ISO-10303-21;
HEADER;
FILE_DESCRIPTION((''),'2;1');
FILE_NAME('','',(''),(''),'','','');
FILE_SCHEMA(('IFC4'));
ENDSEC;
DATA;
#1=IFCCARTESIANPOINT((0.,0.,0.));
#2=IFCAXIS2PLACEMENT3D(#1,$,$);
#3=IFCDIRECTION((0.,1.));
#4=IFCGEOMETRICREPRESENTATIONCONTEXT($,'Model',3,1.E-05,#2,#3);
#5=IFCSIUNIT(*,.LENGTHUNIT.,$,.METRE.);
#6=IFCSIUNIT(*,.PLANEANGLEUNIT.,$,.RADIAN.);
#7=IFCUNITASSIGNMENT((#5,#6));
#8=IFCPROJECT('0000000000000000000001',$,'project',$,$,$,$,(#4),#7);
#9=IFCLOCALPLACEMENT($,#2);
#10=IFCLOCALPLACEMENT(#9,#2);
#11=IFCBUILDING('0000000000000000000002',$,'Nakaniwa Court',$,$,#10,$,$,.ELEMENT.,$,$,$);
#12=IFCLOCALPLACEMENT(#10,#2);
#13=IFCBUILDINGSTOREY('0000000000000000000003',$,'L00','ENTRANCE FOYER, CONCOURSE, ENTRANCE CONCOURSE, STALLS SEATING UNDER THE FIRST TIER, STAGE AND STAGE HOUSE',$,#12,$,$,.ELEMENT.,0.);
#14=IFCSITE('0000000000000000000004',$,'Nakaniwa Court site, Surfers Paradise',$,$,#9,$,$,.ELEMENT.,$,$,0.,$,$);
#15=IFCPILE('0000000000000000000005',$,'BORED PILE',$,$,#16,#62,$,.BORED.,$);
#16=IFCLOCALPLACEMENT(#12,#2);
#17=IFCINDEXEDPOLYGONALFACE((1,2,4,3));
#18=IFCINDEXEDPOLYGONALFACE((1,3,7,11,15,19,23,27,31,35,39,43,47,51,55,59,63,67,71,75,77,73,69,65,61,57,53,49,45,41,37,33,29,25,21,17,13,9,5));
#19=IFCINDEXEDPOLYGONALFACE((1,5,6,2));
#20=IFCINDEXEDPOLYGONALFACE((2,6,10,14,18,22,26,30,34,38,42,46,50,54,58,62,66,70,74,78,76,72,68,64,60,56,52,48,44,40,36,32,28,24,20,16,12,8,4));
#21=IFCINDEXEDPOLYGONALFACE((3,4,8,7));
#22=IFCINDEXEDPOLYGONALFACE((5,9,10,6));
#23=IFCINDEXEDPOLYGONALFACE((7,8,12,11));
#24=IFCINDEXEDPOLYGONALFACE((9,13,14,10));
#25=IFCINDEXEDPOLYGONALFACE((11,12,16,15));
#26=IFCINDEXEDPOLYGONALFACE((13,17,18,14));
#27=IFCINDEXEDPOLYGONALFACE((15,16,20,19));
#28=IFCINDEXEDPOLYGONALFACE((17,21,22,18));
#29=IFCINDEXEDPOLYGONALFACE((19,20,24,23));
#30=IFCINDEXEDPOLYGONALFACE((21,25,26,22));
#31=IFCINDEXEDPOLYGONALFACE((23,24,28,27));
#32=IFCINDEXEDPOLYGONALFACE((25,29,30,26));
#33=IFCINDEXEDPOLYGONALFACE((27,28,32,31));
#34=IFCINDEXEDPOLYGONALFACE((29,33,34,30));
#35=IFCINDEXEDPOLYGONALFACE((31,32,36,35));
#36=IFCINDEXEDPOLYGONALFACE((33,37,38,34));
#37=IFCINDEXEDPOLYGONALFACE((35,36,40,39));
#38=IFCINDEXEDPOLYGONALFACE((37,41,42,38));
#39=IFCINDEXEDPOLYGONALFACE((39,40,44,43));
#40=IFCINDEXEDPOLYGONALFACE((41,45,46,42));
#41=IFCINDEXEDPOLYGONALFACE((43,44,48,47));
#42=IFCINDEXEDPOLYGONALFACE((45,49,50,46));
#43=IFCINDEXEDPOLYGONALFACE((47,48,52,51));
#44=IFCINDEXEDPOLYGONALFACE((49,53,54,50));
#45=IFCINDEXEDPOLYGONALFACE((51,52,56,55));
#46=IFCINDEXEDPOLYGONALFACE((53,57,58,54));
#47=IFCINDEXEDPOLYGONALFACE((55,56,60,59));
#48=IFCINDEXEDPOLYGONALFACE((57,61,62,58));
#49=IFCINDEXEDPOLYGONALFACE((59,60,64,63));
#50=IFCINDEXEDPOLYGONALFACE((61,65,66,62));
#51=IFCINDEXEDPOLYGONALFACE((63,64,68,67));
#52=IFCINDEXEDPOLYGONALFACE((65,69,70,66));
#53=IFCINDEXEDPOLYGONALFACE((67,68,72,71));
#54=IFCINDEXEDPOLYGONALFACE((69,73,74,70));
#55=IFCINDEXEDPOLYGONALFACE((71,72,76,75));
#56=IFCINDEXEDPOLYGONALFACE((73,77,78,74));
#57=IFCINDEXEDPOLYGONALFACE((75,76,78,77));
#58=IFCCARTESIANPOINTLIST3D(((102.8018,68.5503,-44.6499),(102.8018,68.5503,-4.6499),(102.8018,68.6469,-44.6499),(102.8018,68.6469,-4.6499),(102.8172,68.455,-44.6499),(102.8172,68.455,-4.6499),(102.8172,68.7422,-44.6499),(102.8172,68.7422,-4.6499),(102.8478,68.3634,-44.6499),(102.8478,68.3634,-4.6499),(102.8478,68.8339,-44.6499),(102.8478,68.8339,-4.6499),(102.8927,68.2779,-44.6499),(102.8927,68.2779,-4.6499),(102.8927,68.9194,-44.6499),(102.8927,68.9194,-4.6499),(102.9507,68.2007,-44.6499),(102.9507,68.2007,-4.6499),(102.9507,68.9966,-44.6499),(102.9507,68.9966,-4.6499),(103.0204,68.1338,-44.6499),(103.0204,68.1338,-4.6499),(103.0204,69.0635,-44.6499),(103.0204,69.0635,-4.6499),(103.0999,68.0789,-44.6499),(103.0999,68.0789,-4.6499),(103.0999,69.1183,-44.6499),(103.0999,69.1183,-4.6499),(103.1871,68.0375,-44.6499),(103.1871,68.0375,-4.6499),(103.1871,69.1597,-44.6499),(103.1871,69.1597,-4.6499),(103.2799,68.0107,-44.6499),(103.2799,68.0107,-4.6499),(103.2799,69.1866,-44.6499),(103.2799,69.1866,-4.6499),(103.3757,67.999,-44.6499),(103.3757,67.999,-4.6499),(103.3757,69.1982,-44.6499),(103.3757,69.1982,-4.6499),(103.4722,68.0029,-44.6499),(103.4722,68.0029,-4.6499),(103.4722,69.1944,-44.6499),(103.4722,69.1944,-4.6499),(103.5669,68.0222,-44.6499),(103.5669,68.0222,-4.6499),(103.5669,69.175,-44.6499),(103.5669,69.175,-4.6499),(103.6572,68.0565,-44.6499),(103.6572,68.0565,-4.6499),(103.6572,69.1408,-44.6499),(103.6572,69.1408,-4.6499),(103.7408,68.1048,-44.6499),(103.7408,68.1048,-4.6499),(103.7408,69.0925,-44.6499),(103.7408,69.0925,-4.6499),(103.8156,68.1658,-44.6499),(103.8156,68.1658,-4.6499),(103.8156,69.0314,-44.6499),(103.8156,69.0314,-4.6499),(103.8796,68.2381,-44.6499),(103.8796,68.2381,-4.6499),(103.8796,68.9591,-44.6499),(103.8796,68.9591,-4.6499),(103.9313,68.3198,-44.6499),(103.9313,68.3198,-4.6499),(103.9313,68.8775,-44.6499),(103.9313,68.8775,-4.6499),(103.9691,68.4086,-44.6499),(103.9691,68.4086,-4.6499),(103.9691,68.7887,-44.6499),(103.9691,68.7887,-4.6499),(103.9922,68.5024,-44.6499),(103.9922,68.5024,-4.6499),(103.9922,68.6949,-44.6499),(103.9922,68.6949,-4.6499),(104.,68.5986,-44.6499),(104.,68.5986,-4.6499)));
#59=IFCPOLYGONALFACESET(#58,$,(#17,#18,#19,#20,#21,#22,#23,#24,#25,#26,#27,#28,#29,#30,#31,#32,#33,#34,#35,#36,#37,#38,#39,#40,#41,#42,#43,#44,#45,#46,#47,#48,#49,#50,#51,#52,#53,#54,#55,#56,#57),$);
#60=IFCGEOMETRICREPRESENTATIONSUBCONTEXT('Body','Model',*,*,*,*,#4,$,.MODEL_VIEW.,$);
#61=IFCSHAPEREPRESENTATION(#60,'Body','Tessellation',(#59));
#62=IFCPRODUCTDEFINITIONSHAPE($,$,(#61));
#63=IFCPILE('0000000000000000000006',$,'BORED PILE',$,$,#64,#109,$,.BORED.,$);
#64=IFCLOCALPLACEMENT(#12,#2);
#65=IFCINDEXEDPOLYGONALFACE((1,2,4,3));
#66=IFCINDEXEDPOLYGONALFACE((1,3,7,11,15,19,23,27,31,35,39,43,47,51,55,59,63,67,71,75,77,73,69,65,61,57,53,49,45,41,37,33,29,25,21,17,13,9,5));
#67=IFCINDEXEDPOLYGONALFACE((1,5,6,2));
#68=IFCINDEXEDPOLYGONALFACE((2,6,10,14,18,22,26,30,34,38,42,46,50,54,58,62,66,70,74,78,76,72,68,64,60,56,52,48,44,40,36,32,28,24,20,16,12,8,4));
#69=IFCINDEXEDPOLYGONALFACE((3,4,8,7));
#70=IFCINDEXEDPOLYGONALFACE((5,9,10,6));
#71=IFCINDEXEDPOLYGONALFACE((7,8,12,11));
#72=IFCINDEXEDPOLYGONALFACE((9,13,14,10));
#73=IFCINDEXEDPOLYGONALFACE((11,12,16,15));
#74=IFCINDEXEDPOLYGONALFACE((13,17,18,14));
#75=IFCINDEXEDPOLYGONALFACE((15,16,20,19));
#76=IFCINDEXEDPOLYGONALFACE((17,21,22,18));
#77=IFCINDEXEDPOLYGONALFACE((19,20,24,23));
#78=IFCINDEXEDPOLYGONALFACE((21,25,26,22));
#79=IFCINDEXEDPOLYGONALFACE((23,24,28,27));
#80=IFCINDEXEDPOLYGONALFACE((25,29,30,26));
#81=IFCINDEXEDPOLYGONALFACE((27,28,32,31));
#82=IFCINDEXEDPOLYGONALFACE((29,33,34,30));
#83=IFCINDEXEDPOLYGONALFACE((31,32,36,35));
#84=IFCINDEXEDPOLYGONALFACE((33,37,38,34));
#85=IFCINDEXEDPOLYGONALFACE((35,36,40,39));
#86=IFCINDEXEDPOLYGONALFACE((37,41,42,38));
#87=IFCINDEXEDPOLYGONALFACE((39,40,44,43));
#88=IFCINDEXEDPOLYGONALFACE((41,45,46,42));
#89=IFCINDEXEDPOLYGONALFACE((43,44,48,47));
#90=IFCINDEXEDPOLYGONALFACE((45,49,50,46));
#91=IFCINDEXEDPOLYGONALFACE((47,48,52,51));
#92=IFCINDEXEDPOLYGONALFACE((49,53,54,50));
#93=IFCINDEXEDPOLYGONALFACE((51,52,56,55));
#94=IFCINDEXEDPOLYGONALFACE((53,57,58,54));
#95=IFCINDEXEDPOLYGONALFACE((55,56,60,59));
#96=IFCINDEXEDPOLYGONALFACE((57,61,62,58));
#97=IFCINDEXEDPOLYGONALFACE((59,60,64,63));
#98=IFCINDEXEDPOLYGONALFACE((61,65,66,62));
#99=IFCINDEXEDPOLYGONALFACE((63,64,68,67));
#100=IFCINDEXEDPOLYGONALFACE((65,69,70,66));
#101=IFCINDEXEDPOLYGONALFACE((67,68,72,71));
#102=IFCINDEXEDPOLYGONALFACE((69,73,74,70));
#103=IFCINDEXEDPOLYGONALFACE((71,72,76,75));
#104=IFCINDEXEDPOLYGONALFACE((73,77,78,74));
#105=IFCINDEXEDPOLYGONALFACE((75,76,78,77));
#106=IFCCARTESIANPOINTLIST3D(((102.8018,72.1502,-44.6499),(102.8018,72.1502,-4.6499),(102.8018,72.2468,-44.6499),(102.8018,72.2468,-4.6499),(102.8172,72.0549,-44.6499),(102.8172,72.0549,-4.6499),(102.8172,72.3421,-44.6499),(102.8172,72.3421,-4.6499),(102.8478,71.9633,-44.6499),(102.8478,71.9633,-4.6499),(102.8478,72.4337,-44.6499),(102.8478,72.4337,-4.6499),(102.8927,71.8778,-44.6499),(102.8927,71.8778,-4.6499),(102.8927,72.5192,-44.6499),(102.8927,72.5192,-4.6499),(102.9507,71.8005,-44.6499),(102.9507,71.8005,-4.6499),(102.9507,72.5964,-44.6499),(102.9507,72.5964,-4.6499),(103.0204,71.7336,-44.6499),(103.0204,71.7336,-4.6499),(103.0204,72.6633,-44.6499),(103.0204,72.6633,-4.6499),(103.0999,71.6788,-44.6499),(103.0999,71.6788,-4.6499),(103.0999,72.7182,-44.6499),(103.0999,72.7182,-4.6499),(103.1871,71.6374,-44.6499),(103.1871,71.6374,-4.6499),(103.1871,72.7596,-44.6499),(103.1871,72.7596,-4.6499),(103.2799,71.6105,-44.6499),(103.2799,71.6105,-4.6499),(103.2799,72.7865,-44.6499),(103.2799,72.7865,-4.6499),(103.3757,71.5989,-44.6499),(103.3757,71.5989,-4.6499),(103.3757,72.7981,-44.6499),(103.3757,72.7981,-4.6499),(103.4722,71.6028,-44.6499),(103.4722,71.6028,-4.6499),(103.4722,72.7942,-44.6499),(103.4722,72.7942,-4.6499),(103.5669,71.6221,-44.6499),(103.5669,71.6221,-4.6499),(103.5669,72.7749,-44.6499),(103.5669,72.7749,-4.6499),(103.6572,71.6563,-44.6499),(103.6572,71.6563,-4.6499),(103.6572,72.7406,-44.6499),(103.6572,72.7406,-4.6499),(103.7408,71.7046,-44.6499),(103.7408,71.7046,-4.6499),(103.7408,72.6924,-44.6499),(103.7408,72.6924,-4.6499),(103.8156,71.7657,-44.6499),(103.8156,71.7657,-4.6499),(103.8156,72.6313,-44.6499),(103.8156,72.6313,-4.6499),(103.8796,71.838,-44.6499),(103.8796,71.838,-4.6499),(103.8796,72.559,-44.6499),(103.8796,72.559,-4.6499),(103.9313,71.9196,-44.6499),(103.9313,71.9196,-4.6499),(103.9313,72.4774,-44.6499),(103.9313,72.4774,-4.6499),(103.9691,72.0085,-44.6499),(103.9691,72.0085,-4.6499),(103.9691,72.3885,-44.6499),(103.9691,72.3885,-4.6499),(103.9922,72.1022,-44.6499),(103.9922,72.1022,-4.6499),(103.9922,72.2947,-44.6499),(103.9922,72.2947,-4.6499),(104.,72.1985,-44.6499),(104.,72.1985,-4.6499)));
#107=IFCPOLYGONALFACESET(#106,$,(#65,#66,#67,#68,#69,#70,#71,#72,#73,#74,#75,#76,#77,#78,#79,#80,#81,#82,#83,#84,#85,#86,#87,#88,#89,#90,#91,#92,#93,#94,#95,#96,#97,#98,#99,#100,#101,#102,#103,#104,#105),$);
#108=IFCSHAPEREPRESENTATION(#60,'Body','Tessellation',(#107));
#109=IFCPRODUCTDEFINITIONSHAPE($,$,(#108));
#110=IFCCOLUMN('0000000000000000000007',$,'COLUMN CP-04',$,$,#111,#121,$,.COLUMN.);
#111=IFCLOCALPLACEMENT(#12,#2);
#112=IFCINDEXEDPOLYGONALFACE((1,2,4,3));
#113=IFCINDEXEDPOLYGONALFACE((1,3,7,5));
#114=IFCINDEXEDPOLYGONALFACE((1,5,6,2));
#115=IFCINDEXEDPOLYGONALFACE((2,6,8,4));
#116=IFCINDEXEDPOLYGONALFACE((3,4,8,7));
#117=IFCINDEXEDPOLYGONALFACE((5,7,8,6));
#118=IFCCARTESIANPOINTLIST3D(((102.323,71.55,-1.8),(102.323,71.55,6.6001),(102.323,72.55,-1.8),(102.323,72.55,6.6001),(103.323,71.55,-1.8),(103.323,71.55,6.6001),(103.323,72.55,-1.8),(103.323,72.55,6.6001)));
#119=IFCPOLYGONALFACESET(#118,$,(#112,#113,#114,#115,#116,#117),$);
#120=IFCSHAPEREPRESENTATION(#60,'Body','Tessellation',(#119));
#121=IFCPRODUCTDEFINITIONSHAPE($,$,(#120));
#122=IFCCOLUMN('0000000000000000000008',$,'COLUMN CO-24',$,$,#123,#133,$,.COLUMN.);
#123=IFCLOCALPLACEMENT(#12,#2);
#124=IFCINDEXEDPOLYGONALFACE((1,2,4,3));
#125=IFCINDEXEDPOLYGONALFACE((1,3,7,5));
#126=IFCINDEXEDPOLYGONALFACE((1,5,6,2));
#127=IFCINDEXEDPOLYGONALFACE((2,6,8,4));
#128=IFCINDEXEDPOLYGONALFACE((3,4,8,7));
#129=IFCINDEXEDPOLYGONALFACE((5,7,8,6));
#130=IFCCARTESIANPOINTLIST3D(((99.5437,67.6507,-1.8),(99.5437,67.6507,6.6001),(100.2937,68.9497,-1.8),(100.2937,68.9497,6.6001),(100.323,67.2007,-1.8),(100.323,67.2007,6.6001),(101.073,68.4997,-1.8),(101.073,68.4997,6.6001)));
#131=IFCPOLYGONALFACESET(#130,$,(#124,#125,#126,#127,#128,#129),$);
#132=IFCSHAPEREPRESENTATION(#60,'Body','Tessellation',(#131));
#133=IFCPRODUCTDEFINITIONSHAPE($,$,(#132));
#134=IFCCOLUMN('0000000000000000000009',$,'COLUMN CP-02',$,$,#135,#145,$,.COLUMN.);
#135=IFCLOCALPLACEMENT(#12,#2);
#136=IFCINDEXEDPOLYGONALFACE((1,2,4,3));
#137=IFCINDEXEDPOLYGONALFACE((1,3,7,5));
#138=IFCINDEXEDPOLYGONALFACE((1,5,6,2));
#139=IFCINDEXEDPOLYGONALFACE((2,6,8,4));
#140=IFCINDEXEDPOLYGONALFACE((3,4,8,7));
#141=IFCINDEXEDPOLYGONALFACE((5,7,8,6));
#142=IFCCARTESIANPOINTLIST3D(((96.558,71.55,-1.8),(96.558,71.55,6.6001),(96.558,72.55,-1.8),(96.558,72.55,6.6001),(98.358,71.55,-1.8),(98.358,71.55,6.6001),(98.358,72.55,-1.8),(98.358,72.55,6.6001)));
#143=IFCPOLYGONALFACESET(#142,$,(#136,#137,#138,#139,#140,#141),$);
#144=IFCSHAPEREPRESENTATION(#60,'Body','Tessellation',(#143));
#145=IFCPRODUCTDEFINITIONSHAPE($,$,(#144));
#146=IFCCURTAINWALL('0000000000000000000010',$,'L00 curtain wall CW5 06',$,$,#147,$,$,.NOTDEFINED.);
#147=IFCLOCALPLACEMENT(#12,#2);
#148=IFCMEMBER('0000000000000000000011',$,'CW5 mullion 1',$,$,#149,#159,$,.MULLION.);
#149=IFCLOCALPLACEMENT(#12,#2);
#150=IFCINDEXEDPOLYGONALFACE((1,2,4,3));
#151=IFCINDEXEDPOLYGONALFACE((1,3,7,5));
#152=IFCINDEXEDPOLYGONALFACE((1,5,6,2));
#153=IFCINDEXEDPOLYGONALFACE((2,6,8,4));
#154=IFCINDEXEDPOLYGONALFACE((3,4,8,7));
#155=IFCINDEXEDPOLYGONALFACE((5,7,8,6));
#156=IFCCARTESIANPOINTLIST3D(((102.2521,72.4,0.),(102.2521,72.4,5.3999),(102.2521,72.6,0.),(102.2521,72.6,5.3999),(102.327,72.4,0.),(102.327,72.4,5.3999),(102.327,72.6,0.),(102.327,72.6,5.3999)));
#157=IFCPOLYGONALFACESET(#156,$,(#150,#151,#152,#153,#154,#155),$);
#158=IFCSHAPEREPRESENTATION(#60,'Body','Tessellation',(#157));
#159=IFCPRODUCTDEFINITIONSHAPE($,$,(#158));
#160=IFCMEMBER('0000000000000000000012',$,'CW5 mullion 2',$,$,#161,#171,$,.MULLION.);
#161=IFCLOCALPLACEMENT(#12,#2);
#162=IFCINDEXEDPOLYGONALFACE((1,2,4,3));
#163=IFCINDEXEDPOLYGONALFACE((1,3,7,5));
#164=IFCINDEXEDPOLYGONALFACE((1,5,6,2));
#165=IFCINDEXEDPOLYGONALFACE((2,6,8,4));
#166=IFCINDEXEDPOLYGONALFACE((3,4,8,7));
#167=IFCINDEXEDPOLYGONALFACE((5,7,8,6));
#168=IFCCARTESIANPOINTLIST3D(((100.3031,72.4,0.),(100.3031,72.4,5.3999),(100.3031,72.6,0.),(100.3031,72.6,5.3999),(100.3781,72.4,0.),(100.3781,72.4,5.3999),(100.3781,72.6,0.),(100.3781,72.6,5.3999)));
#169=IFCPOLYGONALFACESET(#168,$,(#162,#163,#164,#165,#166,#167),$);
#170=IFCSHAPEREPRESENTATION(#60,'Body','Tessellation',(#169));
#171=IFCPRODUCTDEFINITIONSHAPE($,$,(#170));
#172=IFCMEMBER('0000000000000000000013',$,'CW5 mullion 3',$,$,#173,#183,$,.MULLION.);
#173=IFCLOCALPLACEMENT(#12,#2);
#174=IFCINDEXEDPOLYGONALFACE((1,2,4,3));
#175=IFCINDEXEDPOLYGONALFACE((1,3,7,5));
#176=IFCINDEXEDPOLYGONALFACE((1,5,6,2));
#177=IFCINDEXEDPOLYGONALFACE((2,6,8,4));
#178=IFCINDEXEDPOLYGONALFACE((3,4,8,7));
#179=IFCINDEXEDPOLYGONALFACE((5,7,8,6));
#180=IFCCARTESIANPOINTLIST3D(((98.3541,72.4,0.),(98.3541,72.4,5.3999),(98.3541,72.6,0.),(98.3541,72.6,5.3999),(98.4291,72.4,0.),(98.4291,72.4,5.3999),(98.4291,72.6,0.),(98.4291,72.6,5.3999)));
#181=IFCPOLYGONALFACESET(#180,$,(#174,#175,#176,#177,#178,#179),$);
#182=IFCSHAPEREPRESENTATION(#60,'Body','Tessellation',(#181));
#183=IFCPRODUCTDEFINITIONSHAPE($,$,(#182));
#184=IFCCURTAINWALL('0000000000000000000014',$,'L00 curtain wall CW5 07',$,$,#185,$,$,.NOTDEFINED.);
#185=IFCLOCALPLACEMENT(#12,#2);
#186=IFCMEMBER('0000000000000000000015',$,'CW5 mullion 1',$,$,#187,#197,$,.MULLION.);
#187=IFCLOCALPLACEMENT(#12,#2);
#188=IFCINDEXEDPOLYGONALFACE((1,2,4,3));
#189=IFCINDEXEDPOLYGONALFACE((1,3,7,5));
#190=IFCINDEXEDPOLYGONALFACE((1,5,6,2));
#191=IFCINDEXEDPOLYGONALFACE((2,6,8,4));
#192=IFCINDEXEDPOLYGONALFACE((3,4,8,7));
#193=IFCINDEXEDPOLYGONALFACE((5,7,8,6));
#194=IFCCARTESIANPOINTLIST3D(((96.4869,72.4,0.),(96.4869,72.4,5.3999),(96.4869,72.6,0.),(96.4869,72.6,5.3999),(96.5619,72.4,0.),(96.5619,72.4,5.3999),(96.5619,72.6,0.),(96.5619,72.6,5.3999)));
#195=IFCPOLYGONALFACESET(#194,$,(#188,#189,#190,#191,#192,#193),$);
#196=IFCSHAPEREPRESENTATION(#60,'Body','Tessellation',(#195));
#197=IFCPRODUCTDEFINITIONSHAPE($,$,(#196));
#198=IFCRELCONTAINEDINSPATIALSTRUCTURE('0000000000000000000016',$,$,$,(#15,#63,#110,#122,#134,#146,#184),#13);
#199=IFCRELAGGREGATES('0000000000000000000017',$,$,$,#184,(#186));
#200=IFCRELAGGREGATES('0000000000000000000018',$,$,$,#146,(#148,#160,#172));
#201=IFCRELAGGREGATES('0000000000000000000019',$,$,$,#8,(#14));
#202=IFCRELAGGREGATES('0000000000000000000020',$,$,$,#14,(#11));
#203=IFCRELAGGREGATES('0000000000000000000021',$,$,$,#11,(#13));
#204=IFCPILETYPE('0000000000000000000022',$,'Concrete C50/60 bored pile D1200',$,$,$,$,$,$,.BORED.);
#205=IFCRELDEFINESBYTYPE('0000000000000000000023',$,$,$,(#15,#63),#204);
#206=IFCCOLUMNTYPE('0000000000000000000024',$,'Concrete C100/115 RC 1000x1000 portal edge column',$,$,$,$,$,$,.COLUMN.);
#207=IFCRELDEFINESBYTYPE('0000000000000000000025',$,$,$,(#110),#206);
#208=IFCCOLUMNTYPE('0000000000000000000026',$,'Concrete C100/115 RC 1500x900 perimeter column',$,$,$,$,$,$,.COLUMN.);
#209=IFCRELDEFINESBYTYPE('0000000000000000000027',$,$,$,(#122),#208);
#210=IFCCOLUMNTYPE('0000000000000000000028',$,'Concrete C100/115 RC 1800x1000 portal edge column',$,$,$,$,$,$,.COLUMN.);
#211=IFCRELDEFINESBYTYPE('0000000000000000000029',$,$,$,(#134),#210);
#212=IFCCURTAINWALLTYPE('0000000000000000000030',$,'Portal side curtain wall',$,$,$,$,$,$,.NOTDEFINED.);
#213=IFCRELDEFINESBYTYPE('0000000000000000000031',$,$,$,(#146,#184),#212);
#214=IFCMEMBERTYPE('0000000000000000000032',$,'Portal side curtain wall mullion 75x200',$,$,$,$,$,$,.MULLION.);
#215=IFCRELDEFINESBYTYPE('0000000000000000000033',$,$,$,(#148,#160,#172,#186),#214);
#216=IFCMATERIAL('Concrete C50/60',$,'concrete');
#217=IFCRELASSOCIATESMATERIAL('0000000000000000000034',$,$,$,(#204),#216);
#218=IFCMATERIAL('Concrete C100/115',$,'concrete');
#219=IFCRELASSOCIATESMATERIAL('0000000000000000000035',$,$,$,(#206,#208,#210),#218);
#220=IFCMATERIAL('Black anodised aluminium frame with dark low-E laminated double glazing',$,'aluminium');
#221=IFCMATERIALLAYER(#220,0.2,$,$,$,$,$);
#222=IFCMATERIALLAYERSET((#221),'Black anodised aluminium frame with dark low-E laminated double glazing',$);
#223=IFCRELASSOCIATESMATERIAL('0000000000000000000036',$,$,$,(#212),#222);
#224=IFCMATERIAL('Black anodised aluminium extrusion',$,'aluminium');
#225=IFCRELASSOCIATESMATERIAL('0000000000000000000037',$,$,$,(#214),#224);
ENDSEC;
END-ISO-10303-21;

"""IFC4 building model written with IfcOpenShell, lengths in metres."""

from ifc_helpers import new_model, si_unit, direction, frame, origin, origin_2d, place, context, subcontext, project, spatial, rectangle, circle, extrude, material, layer, layer_set, material_profile, profile_set, type_object, element, aggregate, save


model = new_model("IFC4")

# Units and contexts
model_context = context("Model", 3, precision=1e-05, world=origin(), true_north=direction((0.0, 1.0)))
body_context = subcontext(model_context, "Body", "Model", "MODEL_VIEW")
ifc_project = project(units=[si_unit("LENGTHUNIT", "METRE"), si_unit("PLANEANGLEUNIT", "RADIAN")], contexts=[model_context])

# Site, building, storey
site_placement = place(None, origin())
site = spatial("IfcSite", under=ifc_project, at=site_placement, Name="Nakaniwa Court site, Surfers Paradise", CompositionType="ELEMENT", RefElevation=0.0)
building_placement = place(site_placement, origin())
building = spatial("IfcBuilding", under=site, at=building_placement, Name="Nakaniwa Court", CompositionType="ELEMENT")
storey_placement = place(building_placement, origin())
storey = spatial("IfcBuildingStorey", under=building, at=storey_placement, Name="L00", Description="ENTRANCE FOYER, CONCOURSE, ENTRANCE CONCOURSE, STALLS SEATING UNDER THE FIRST TIER, STAGE AND STAGE HOUSE", CompositionType="ELEMENT", Elevation=0.0)

# Piles
ifc_material_1 = material(Name="Concrete C50/60", Category="concrete")
ifc_material_profile_1 = material_profile(ifc_material_1, circle(Radius=0.6001, at=origin_2d()), Name="Concrete C50/60 bored pile D1200")
ifc_profile_set_1 = profile_set([ifc_material_profile_1], Name="Concrete C50/60")
pile_type = type_object("IfcPileType", Name="Concrete C50/60 bored pile D1200", PredefinedType="BORED", material=ifc_profile_set_1)
for number, where, z_axis, x_axis, name in (
    (1, (103.3999, 68.5986, -4.6499), (0.0, 0.0, -1.0), (1.0, 0.0, 0.0), "BORED PILE"),
    (2, (103.3999, 72.1985, -4.6499), (0.0, 0.0, -1.0), (1.0, 0.0, 0.0), "BORED PILE"),
):
    element("IfcPile", number, at=place(storey_placement, frame(where, z_axis=z_axis, x_axis=x_axis)), inside=storey, type_object=pile_type, Name=name, PredefinedType="BORED", context=body_context, shape_type="SweptSolid", body=[
        extrude(circle(Radius=0.6001, at=origin_2d()), origin(), (0.0, 0.0, 1.0), 40.0),
    ])

# Columns
ifc_material_2 = material(Name="Concrete C100/115", Category="concrete")
ifc_material_profile_2 = material_profile(ifc_material_2, rectangle(XDim=1.0, YDim=1.0, at=origin_2d()), Name="Concrete C100/115 RC 1000x1000 portal edge column")
ifc_profile_set_2 = profile_set([ifc_material_profile_2], Name="Concrete C100/115")
column_type_1 = type_object("IfcColumnType", Name="Concrete C100/115 RC 1000x1000 portal edge column", PredefinedType="COLUMN", material=ifc_profile_set_2)
column_1_placement = place(storey_placement, frame((102.823, 72.05, -1.8), z_axis=(0.0, 0.0, 1.0), x_axis=(1.0, 0.0, 0.0)))
element("IfcColumn", 3, at=column_1_placement, inside=storey, type_object=column_type_1, Name="COLUMN CP-04", PredefinedType="COLUMN", context=body_context, shape_type="SweptSolid", body=[
    extrude(rectangle(XDim=1.0, YDim=1.0, at=origin_2d()), origin(), (0.0, 0.0, 1.0), 8.4001),
])
ifc_material_profile_3 = material_profile(ifc_material_2, rectangle(XDim=1.5, YDim=0.8999, at=origin_2d()), Name="Concrete C100/115 RC 1500x900 perimeter column")
ifc_profile_set_3 = profile_set([ifc_material_profile_3], Name="Concrete C100/115")
column_type_2 = type_object("IfcColumnType", Name="Concrete C100/115 RC 1500x900 perimeter column", PredefinedType="COLUMN", material=ifc_profile_set_3)
column_2_placement = place(storey_placement, frame((100.3083, 68.0752, -1.8), z_axis=(0.0, 0.0, 1.0), x_axis=(0.5, 0.866025, 0.0)))
element("IfcColumn", 4, at=column_2_placement, inside=storey, type_object=column_type_2, Name="COLUMN CO-24", PredefinedType="COLUMN", context=body_context, shape_type="SweptSolid", body=[
    extrude(rectangle(XDim=1.5, YDim=0.8999, at=origin_2d()), origin(), (0.0, 0.0, 1.0), 8.4001),
])
ifc_material_profile_4 = material_profile(ifc_material_2, rectangle(XDim=1.8, YDim=1.0, at=origin_2d()), Name="Concrete C100/115 RC 1800x1000 portal edge column")
ifc_profile_set_4 = profile_set([ifc_material_profile_4], Name="Concrete C100/115")
column_type_3 = type_object("IfcColumnType", Name="Concrete C100/115 RC 1800x1000 portal edge column", PredefinedType="COLUMN", material=ifc_profile_set_4)
column_3_placement = place(storey_placement, frame((97.458, 72.05, -1.8), z_axis=(0.0, 0.0, 1.0), x_axis=(1.0, 0.0, 0.0)))
element("IfcColumn", 5, at=column_3_placement, inside=storey, type_object=column_type_3, Name="COLUMN CP-02", PredefinedType="COLUMN", context=body_context, shape_type="SweptSolid", body=[
    extrude(rectangle(XDim=1.8, YDim=1.0, at=origin_2d()), origin(), (0.0, 0.0, 1.0), 8.4001),
])

# Curtain wall, members
ifc_material_3 = material(Name="Black anodised aluminium frame with dark low-E laminated double glazing", Category="aluminium")
ifc_layer_1 = layer(ifc_material_3, 0.2)
ifc_layer_set_1 = layer_set([ifc_layer_1], Name="Black anodised aluminium frame with dark low-E laminated double glazing")
curtain_wall_type = type_object("IfcCurtainWallType", Name="Portal side curtain wall", PredefinedType="NOTDEFINED", material=ifc_layer_set_1)
curtain_wall_1_placement = place(storey_placement, origin())
curtain_wall_1 = element("IfcCurtainWall", 6, at=curtain_wall_1_placement, inside=storey, type_object=curtain_wall_type, Name="L00 curtain wall CW5 06", PredefinedType="NOTDEFINED")
ifc_material_4 = material(Name="Black anodised aluminium extrusion", Category="aluminium")
ifc_material_profile_5 = material_profile(ifc_material_4, rectangle(XDim=0.2, YDim=0.075, at=origin_2d()), Name="Portal side curtain wall mullion 75x200")
ifc_profile_set_5 = profile_set([ifc_material_profile_5], Name="Black anodised aluminium extrusion")
member_type_1 = type_object("IfcMemberType", Name="Portal side curtain wall mullion 75x200", PredefinedType="MULLION", material=ifc_profile_set_5)
member_1_placement = place(storey_placement, frame((102.2896, 72.5, 0.0), z_axis=(0.0, 0.0, 1.0), x_axis=(0.0, -1.0, 0.0)))
member_1 = element("IfcMember", 7, at=member_1_placement, type_object=member_type_1, Name="CW5 mullion 1", PredefinedType="MULLION", context=body_context, shape_type="SweptSolid", body=[
    extrude(rectangle(XDim=0.2, YDim=0.075, at=origin_2d()), origin(), (0.0, 0.0, 1.0), 5.3999),
])
member_2_placement = place(storey_placement, frame((100.3406, 72.5, 0.0), z_axis=(0.0, 0.0, 1.0), x_axis=(0.0, -1.0, 0.0)))
member_2 = element("IfcMember", 8, at=member_2_placement, type_object=member_type_1, Name="CW5 mullion 2", PredefinedType="MULLION", context=body_context, shape_type="SweptSolid", body=[
    extrude(rectangle(XDim=0.2, YDim=0.075, at=origin_2d()), origin(), (0.0, 0.0, 1.0), 5.3999),
])
member_3_placement = place(storey_placement, frame((98.3916, 72.5, 0.0), z_axis=(0.0, 0.0, 1.0), x_axis=(0.0, -1.0, 0.0)))
member_3 = element("IfcMember", 9, at=member_3_placement, type_object=member_type_1, Name="CW5 mullion 3", PredefinedType="MULLION", context=body_context, shape_type="SweptSolid", body=[
    extrude(rectangle(XDim=0.2, YDim=0.075, at=origin_2d()), origin(), (0.0, 0.0, 1.0), 5.3999),
])

# Curtain wall, member
curtain_wall_2_placement = place(storey_placement, origin())
curtain_wall_2 = element("IfcCurtainWall", 10, at=curtain_wall_2_placement, inside=storey, type_object=curtain_wall_type, Name="L00 curtain wall CW5 07", PredefinedType="NOTDEFINED")
member_4_placement = place(storey_placement, frame((96.5244, 72.5, 0.0), z_axis=(0.0, 0.0, 1.0), x_axis=(0.0, -1.0, 0.0)))
member_4 = element("IfcMember", 11, at=member_4_placement, type_object=member_type_1, Name="CW5 mullion 1", PredefinedType="MULLION", context=body_context, shape_type="SweptSolid", body=[
    extrude(rectangle(XDim=0.2, YDim=0.075, at=origin_2d()), origin(), (0.0, 0.0, 1.0), 5.3999),
])

aggregate(curtain_wall_2, [member_4])

aggregate(curtain_wall_1, [member_1, member_2, member_3])

save(model, "model.ifc")
